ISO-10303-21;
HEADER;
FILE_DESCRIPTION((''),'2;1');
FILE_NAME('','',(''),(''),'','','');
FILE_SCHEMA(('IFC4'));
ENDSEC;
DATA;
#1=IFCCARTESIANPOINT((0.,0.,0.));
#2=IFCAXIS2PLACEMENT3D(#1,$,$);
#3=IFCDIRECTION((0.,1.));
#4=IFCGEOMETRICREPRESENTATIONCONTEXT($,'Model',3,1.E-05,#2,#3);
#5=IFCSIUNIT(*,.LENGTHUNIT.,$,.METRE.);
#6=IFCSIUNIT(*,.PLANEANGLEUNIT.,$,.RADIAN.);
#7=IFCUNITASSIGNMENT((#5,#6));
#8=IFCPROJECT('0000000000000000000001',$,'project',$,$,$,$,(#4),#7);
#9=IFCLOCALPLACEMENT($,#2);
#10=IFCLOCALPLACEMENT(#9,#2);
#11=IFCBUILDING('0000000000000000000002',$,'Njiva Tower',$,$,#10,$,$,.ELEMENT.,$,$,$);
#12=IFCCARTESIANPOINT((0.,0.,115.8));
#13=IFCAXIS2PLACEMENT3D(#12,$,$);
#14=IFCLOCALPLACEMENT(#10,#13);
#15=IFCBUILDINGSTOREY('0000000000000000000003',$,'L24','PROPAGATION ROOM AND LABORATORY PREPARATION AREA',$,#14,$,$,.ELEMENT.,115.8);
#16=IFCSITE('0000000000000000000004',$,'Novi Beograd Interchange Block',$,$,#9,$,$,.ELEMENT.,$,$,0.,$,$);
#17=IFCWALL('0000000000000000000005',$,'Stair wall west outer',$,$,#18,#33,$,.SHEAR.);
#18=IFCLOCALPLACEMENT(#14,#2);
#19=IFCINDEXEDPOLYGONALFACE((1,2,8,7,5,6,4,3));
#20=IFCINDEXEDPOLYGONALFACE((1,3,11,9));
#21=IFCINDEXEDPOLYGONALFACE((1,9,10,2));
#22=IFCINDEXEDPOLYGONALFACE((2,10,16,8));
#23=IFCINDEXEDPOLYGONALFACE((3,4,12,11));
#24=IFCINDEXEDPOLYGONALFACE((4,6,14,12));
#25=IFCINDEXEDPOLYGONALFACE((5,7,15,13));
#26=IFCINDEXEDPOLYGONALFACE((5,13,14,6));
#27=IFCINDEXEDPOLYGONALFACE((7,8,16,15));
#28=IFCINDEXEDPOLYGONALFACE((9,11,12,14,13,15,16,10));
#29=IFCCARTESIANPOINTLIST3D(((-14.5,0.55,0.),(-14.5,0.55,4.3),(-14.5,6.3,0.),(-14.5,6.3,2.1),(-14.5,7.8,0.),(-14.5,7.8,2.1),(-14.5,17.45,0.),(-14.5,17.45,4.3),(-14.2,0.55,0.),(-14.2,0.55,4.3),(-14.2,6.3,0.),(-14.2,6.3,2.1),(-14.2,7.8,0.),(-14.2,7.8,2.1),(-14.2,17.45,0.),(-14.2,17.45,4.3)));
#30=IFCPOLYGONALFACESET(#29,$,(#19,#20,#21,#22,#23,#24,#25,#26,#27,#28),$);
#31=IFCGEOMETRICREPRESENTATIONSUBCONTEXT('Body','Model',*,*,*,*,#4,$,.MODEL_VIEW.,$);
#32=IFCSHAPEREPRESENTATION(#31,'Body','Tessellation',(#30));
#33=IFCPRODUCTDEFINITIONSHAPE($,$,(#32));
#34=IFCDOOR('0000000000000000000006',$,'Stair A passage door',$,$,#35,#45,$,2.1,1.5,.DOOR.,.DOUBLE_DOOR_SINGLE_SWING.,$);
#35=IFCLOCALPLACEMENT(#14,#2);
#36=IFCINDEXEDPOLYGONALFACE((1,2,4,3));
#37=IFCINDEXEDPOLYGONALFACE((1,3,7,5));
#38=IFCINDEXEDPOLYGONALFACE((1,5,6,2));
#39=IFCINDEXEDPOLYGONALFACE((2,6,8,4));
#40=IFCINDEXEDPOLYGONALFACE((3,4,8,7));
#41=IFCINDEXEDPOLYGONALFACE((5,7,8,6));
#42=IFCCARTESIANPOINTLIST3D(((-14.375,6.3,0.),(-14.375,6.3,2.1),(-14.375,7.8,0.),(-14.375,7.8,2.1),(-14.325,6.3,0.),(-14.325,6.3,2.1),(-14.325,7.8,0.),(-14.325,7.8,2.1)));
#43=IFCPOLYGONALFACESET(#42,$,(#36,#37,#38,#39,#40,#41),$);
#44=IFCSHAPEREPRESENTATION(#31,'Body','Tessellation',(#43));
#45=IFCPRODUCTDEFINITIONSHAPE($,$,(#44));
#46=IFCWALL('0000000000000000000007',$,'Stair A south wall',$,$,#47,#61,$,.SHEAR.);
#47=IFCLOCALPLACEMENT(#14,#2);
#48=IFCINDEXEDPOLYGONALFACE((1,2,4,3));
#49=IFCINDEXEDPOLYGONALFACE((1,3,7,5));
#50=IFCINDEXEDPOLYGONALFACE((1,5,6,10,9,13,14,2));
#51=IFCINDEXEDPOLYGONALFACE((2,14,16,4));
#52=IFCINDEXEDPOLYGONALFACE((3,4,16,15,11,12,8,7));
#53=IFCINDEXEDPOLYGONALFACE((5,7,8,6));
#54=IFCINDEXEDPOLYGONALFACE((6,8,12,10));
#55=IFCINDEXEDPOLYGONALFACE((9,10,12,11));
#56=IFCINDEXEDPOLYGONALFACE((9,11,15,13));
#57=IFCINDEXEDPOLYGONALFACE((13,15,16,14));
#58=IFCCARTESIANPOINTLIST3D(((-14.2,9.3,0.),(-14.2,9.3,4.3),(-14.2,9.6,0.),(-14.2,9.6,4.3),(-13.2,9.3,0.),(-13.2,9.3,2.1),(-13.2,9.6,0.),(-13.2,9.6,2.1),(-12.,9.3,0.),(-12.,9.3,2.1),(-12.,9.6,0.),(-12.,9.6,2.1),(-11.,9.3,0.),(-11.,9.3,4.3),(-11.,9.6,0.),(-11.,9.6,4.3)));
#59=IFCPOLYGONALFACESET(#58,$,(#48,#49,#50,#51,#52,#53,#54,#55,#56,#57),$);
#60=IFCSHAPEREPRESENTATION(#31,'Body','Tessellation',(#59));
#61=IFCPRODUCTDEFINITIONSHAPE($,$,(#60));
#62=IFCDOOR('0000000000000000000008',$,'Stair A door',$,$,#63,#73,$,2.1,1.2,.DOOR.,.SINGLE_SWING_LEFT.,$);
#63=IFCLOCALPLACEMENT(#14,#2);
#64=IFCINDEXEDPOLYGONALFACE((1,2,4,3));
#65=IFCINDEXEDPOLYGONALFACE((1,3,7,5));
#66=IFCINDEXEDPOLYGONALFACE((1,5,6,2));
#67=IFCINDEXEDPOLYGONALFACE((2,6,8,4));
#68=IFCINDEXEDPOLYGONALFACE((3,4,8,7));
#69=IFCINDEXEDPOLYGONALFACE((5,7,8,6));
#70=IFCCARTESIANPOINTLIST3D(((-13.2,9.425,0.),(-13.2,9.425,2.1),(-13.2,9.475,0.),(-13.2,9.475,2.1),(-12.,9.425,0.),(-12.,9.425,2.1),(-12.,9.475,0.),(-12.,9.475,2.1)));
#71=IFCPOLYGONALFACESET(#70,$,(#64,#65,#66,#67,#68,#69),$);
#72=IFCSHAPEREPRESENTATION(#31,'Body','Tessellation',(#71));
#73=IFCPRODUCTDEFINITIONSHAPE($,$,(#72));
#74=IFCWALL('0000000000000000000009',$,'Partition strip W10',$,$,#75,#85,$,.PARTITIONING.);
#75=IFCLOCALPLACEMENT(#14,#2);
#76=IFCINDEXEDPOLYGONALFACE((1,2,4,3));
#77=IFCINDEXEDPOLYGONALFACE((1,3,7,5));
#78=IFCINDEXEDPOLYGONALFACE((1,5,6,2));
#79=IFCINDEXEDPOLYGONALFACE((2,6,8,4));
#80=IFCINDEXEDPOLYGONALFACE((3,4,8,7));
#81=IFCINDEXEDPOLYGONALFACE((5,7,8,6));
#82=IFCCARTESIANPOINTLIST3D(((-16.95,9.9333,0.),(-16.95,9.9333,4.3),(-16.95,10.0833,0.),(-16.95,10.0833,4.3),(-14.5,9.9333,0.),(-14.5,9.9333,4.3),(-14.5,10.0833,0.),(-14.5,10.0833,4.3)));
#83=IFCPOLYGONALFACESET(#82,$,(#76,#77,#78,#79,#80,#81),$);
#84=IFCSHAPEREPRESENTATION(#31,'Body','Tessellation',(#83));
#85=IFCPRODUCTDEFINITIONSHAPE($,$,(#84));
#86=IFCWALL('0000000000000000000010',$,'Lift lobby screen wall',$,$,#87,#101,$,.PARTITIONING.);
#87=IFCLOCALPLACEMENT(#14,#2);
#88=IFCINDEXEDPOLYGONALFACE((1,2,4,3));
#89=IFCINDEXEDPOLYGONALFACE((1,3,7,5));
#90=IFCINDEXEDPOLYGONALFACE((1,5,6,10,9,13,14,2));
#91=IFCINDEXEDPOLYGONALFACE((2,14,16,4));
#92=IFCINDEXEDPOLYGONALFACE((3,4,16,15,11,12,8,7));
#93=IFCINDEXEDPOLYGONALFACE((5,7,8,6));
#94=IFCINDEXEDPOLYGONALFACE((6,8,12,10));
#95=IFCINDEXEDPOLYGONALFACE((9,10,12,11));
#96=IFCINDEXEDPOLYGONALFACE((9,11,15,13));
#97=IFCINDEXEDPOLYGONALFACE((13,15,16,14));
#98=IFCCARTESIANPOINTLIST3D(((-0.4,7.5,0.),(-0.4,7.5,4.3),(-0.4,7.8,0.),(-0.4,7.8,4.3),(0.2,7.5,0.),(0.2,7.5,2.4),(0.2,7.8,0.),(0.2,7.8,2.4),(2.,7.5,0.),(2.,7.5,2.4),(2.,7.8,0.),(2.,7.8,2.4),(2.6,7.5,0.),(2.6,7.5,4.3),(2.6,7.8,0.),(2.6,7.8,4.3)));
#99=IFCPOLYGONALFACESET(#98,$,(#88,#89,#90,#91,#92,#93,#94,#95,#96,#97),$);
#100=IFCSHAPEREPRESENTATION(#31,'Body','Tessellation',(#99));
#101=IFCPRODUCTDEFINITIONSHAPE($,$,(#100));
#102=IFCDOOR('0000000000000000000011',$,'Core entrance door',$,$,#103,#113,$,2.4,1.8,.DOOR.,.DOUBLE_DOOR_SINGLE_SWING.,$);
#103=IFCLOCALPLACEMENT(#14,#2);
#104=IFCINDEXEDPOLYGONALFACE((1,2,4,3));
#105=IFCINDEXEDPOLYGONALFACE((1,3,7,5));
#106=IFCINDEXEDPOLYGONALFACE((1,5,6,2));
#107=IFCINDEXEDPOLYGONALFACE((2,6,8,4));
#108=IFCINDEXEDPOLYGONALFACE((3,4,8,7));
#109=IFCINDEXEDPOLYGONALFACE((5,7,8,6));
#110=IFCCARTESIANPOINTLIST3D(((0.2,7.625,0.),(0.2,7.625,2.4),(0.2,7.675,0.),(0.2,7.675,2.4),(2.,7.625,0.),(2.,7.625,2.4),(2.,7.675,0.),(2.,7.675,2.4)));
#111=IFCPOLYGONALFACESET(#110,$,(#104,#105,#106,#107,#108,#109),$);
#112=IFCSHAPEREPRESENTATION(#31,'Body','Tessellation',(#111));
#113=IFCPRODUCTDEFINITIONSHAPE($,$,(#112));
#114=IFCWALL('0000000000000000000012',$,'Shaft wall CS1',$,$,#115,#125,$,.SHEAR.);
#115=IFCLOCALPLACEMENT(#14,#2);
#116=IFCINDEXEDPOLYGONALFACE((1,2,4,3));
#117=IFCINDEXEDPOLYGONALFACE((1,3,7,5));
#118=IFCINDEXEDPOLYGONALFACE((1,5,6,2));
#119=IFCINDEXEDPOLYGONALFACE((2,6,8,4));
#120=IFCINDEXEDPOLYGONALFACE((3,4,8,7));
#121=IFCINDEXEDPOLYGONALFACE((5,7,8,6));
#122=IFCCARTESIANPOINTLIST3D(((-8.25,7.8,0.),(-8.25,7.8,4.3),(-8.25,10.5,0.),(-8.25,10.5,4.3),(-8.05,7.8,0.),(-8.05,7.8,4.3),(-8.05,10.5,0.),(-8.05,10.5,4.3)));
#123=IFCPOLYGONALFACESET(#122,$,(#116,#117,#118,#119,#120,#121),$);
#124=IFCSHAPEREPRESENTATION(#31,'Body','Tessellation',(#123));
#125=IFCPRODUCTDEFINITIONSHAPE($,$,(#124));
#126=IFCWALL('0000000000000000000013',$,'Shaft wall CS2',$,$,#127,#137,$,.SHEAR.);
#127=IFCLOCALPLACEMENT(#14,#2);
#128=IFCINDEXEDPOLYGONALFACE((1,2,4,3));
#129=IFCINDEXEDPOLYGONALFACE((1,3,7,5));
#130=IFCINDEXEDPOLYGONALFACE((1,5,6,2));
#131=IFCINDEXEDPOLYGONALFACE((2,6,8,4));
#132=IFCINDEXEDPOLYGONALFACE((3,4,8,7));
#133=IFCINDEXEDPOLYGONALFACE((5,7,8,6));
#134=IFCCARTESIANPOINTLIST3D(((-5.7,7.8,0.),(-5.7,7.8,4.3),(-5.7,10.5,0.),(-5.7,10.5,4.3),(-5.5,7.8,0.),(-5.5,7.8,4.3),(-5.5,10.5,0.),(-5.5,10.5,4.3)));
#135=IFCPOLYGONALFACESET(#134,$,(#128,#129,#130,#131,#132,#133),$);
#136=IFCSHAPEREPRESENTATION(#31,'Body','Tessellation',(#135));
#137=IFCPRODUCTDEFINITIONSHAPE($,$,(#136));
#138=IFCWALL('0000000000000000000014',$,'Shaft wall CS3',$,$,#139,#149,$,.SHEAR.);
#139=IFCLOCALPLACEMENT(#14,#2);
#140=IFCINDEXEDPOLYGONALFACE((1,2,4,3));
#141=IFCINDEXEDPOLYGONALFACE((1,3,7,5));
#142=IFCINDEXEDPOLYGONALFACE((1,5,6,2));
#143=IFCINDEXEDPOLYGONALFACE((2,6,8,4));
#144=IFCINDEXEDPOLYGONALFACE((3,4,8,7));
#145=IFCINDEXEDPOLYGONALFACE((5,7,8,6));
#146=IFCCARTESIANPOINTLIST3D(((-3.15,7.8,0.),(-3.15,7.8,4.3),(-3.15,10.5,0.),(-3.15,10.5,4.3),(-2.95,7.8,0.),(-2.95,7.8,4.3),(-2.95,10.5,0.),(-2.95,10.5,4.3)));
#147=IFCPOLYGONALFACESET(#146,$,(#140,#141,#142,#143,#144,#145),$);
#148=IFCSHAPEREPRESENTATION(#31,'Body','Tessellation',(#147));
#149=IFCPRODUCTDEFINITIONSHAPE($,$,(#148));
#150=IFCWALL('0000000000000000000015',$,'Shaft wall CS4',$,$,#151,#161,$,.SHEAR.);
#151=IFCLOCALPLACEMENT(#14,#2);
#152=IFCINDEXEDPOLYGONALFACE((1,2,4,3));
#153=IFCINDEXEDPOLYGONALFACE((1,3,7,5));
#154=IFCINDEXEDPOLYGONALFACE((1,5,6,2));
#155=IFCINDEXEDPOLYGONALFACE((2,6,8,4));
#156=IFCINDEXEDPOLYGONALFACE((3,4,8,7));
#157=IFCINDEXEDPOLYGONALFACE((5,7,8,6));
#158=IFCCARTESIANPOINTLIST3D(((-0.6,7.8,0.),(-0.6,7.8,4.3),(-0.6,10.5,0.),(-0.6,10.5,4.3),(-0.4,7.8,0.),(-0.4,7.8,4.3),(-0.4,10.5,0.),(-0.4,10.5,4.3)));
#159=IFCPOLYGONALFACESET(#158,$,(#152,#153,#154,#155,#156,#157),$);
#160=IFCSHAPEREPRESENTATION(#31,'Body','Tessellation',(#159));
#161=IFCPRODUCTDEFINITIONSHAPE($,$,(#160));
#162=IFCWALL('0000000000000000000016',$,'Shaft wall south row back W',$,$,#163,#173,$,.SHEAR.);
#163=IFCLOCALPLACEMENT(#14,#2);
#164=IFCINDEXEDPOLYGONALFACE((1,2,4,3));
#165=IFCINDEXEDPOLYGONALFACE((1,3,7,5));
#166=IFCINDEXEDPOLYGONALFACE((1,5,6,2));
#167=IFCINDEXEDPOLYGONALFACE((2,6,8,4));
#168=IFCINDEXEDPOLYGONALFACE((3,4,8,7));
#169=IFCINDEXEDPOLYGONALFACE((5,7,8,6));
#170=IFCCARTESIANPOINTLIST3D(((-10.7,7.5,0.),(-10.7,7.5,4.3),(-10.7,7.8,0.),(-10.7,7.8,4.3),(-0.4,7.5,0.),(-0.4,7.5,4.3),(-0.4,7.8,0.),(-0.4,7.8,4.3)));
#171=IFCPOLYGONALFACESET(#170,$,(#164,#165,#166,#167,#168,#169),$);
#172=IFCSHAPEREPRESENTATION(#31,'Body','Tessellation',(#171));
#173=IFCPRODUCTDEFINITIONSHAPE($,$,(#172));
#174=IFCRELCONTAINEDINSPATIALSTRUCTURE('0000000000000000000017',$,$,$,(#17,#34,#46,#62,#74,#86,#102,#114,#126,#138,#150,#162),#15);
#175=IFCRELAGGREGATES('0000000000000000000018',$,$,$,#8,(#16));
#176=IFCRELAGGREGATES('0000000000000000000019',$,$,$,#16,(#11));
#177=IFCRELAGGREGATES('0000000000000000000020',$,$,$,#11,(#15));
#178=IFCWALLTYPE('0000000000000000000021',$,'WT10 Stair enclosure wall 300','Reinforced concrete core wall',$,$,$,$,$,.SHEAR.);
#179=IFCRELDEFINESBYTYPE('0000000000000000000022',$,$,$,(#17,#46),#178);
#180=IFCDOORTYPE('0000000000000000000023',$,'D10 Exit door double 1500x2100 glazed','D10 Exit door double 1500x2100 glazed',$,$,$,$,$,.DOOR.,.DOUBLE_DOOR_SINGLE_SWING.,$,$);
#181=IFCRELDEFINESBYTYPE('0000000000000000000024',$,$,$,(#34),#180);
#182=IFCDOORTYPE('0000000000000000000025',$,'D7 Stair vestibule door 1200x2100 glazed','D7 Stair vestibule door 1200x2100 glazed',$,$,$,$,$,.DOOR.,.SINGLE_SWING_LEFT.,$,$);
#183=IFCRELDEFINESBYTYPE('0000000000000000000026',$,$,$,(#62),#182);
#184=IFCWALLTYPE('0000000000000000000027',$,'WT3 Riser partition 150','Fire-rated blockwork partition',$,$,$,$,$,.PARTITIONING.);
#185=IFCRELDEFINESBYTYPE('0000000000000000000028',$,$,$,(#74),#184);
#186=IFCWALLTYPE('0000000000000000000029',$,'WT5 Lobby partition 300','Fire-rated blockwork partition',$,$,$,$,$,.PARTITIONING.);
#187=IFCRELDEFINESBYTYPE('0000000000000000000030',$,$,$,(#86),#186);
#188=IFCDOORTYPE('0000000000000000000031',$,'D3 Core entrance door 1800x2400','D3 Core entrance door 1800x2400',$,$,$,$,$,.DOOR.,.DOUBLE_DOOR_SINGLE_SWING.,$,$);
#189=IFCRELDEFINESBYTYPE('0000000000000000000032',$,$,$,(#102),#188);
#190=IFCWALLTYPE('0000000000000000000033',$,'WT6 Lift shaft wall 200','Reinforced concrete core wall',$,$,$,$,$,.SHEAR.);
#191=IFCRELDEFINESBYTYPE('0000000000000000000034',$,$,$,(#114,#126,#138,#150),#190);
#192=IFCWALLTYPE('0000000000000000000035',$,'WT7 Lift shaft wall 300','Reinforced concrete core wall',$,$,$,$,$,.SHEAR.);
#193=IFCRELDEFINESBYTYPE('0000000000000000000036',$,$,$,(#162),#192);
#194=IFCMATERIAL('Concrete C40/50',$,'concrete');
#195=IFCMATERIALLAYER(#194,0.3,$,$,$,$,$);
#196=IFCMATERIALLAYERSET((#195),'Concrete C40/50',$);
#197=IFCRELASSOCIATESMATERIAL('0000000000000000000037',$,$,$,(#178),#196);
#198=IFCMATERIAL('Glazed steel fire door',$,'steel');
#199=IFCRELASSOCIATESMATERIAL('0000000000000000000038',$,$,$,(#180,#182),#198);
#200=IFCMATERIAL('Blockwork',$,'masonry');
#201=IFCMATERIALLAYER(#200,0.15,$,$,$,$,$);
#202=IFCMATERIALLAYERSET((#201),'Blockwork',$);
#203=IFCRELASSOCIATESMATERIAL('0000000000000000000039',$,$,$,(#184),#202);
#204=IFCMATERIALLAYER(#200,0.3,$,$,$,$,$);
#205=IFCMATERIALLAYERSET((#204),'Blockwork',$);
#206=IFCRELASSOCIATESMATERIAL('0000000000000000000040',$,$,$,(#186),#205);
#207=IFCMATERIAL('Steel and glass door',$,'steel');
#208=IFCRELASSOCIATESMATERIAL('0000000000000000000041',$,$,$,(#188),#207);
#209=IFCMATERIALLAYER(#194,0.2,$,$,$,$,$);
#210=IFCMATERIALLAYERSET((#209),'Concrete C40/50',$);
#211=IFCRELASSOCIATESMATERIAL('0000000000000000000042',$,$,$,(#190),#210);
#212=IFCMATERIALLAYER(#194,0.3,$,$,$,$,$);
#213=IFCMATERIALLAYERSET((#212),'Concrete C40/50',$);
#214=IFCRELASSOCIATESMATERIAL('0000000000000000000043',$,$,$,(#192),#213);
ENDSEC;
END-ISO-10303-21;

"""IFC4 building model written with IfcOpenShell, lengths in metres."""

from ifc_helpers import new_model, si_unit, direction, frame, frame_2d, origin, place, context, subcontext, project, spatial, rectangle, extrude, material, layer, layer_set, type_object, element, fill, save


model = new_model("IFC4")

# Units and contexts
model_context = context("Model", 3, precision=1e-05, world=origin(), true_north=direction((0.0, 1.0)))
body_context = subcontext(model_context, "Body", "Model", "MODEL_VIEW")
ifc_project = project(units=[si_unit("LENGTHUNIT", "METRE"), si_unit("PLANEANGLEUNIT", "RADIAN")], contexts=[model_context])

# Site, building, storey
site_placement = place(None, origin())
site = spatial("IfcSite", under=ifc_project, at=site_placement, Name="Novi Beograd Interchange Block", CompositionType="ELEMENT", RefElevation=0.0)
building_placement = place(site_placement, origin())
building = spatial("IfcBuilding", under=site, at=building_placement, Name="Njiva Tower", CompositionType="ELEMENT")
storey_placement = place(building_placement, frame((0.0, 0.0, 115.8)))
storey = spatial("IfcBuildingStorey", under=building, at=storey_placement, Name="L24", Description="PROPAGATION ROOM AND LABORATORY PREPARATION AREA", CompositionType="ELEMENT", Elevation=115.8)

# Shared definitions
ifc_material_1 = material(Name="Blockwork", Category="masonry")

# Shared definitions
ifc_material_2 = material(Name="Concrete C40/50", Category="concrete")
ifc_layer_1 = layer(ifc_material_2, 0.3)
ifc_layer_set_1 = layer_set([ifc_layer_1], Name="Concrete C40/50")
wall_type_1 = type_object("IfcWallType", Name="WT10 Stair enclosure wall 300", Description="Reinforced concrete core wall", PredefinedType="SHEAR", material=ifc_layer_set_1)
ifc_material_3 = material(Name="Glazed steel fire door", Category="steel")

# Walls, openings, doors
wall_1_placement = place(storey_placement, frame((-14.35, 0.55, 0.0), z_axis=(0.0, 0.0, 1.0), x_axis=(0.0, 1.0, 0.0)))
wall_1 = element("IfcWall", 1, at=wall_1_placement, inside=storey, type_object=wall_type_1, Name="Stair wall west outer", PredefinedType="SHEAR", context=body_context, shape_type="SweptSolid", body=[
    extrude(rectangle(XDim=16.9, YDim=0.3, at=frame_2d((8.45, 0.0))), origin(), (0.0, 0.0, 1.0), 4.3),
])
opening_1_placement = place(wall_1_placement, frame((5.75, 0.0, 0.0)))
opening_1 = element("IfcOpeningElement", 2, at=opening_1_placement, cuts=wall_1, PredefinedType="OPENING", context=body_context, shape_type="SweptSolid", body=[
    extrude(rectangle(XDim=1.5, YDim=2.1, at=frame_2d((0.75, 1.05))), frame((0.0, 0.16, 0.0), z_axis=(0.0, -1.0, 0.0), x_axis=(1.0, 0.0, 0.0)), (0.0, 0.0, 1.0), 0.32),
])
door_type_1 = type_object("IfcDoorType", Name="D10 Exit door double 1500x2100 glazed", Description="D10 Exit door double 1500x2100 glazed", OperationType="DOUBLE_DOOR_SINGLE_SWING", PredefinedType="DOOR", material=ifc_material_3)
door_1_placement = place(opening_1_placement, origin())
door_1 = element("IfcDoor", 3, at=door_1_placement, inside=storey, type_object=door_type_1, Name="Stair A passage door", OperationType="DOUBLE_DOOR_SINGLE_SWING", OverallHeight=2.1, OverallWidth=1.5, PredefinedType="DOOR", context=body_context, shape_type="SweptSolid", body=[
    extrude(rectangle(XDim=1.5, YDim=2.1, at=frame_2d((0.75, 1.05))), frame((0.0, 0.025, 0.0), z_axis=(0.0, -1.0, 0.0), x_axis=(1.0, 0.0, 0.0)), (0.0, 0.0, 1.0), 0.05),
])
fill(opening_1, door_1)
wall_2_placement = place(storey_placement, frame((-14.2, 9.45, 0.0), z_axis=(0.0, 0.0, 1.0), x_axis=(1.0, 0.0, 0.0)))
wall_2 = element("IfcWall", 4, at=wall_2_placement, inside=storey, type_object=wall_type_1, Name="Stair A south wall", PredefinedType="SHEAR", context=body_context, shape_type="SweptSolid", body=[
    extrude(rectangle(XDim=3.2, YDim=0.3, at=frame_2d((1.6, 0.0))), origin(), (0.0, 0.0, 1.0), 4.3),
])
opening_2_placement = place(wall_2_placement, frame((1.0, 0.0, 0.0)))
opening_2 = element("IfcOpeningElement", 5, at=opening_2_placement, cuts=wall_2, PredefinedType="OPENING", context=body_context, shape_type="SweptSolid", body=[
    extrude(rectangle(XDim=1.2, YDim=2.1, at=frame_2d((0.6, 1.05))), frame((0.0, 0.16, 0.0), z_axis=(0.0, -1.0, 0.0), x_axis=(1.0, 0.0, 0.0)), (0.0, 0.0, 1.0), 0.32),
])
door_type_2 = type_object("IfcDoorType", Name="D7 Stair vestibule door 1200x2100 glazed", Description="D7 Stair vestibule door 1200x2100 glazed", OperationType="SINGLE_SWING_LEFT", PredefinedType="DOOR", material=ifc_material_3)
door_2_placement = place(opening_2_placement, origin())
door_2 = element("IfcDoor", 6, at=door_2_placement, inside=storey, type_object=door_type_2, Name="Stair A door", OperationType="SINGLE_SWING_LEFT", OverallHeight=2.1, OverallWidth=1.2, PredefinedType="DOOR", context=body_context, shape_type="SweptSolid", body=[
    extrude(rectangle(XDim=1.2, YDim=2.1, at=frame_2d((0.6, 1.05))), frame((0.0, 0.025, 0.0), z_axis=(0.0, -1.0, 0.0), x_axis=(1.0, 0.0, 0.0)), (0.0, 0.0, 1.0), 0.05),
])
fill(opening_2, door_2)

# Wall
ifc_layer_2 = layer(ifc_material_1, 0.15)
ifc_layer_set_2 = layer_set([ifc_layer_2], Name="Blockwork")
wall_type_2 = type_object("IfcWallType", Name="WT3 Riser partition 150", Description="Fire-rated blockwork partition", PredefinedType="PARTITIONING", material=ifc_layer_set_2)
wall_3_placement = place(storey_placement, frame((-16.95, 10.0083, 0.0), z_axis=(0.0, 0.0, 1.0), x_axis=(1.0, 0.0, 0.0)))
element("IfcWall", 7, at=wall_3_placement, inside=storey, type_object=wall_type_2, Name="Partition strip W10", PredefinedType="PARTITIONING", context=body_context, shape_type="SweptSolid", body=[
    extrude(rectangle(XDim=2.45, YDim=0.15, at=frame_2d((1.225, 0.0))), origin(), (0.0, 0.0, 1.0), 4.3),
])

# Wall, opening, door
ifc_layer_3 = layer(ifc_material_1, 0.3)
ifc_layer_set_3 = layer_set([ifc_layer_3], Name="Blockwork")
wall_type_3 = type_object("IfcWallType", Name="WT5 Lobby partition 300", Description="Fire-rated blockwork partition", PredefinedType="PARTITIONING", material=ifc_layer_set_3)
wall_4_placement = place(storey_placement, frame((-0.4, 7.65, 0.0), z_axis=(0.0, 0.0, 1.0), x_axis=(1.0, 0.0, 0.0)))
wall_4 = element("IfcWall", 8, at=wall_4_placement, inside=storey, type_object=wall_type_3, Name="Lift lobby screen wall", PredefinedType="PARTITIONING", context=body_context, shape_type="SweptSolid", body=[
    extrude(rectangle(XDim=3.0, YDim=0.3, at=frame_2d((1.5, 0.0))), origin(), (0.0, 0.0, 1.0), 4.3),
])
opening_3_placement = place(wall_4_placement, frame((0.6, 0.0, 0.0)))
opening_3 = element("IfcOpeningElement", 9, at=opening_3_placement, cuts=wall_4, PredefinedType="OPENING", context=body_context, shape_type="SweptSolid", body=[
    extrude(rectangle(XDim=1.8, YDim=2.4, at=frame_2d((0.9, 1.2))), frame((0.0, 0.16, 0.0), z_axis=(0.0, -1.0, 0.0), x_axis=(1.0, 0.0, 0.0)), (0.0, 0.0, 1.0), 0.32),
])
ifc_material_4 = material(Name="Steel and glass door", Category="steel")
door_type_3 = type_object("IfcDoorType", Name="D3 Core entrance door 1800x2400", Description="D3 Core entrance door 1800x2400", OperationType="DOUBLE_DOOR_SINGLE_SWING", PredefinedType="DOOR", material=ifc_material_4)
door_3_placement = place(opening_3_placement, origin())
door_3 = element("IfcDoor", 10, at=door_3_placement, inside=storey, type_object=door_type_3, Name="Core entrance door", OperationType="DOUBLE_DOOR_SINGLE_SWING", OverallHeight=2.4, OverallWidth=1.8, PredefinedType="DOOR", context=body_context, shape_type="SweptSolid", body=[
    extrude(rectangle(XDim=1.8, YDim=2.4, at=frame_2d((0.9, 1.2))), frame((0.0, 0.025, 0.0), z_axis=(0.0, -1.0, 0.0), x_axis=(1.0, 0.0, 0.0)), (0.0, 0.0, 1.0), 0.05),
])
fill(opening_3, door_3)

# Walls
ifc_layer_4 = layer(ifc_material_2, 0.2)
ifc_layer_set_4 = layer_set([ifc_layer_4], Name="Concrete C40/50")
wall_type_4 = type_object("IfcWallType", Name="WT6 Lift shaft wall 200", Description="Reinforced concrete core wall", PredefinedType="SHEAR", material=ifc_layer_set_4)
for number, where, z_axis, x_axis, name in (
    (11, (-8.15, 7.8, 0.0), (0.0, 0.0, 1.0), (0.0, 1.0, 0.0), "Shaft wall CS1"),
    (12, (-5.6, 7.8, 0.0), (0.0, 0.0, 1.0), (0.0, 1.0, 0.0), "Shaft wall CS2"),
    (13, (-3.05, 7.8, 0.0), (0.0, 0.0, 1.0), (0.0, 1.0, 0.0), "Shaft wall CS3"),
    (14, (-0.5, 7.8, 0.0), (0.0, 0.0, 1.0), (0.0, 1.0, 0.0), "Shaft wall CS4"),
):
    element("IfcWall", number, at=place(storey_placement, frame(where, z_axis=z_axis, x_axis=x_axis)), inside=storey, type_object=wall_type_4, Name=name, PredefinedType="SHEAR", context=body_context, shape_type="SweptSolid", body=[
        extrude(rectangle(XDim=2.7, YDim=0.2, at=frame_2d((1.35, 0.0))), origin(), (0.0, 0.0, 1.0), 4.3),
    ])
ifc_layer_5 = layer(ifc_material_2, 0.3)
ifc_layer_set_5 = layer_set([ifc_layer_5], Name="Concrete C40/50")
wall_type_5 = type_object("IfcWallType", Name="WT7 Lift shaft wall 300", Description="Reinforced concrete core wall", PredefinedType="SHEAR", material=ifc_layer_set_5)
wall_5_placement = place(storey_placement, frame((-10.7, 7.65, 0.0), z_axis=(0.0, 0.0, 1.0), x_axis=(1.0, 0.0, 0.0)))
element("IfcWall", 15, at=wall_5_placement, inside=storey, type_object=wall_type_5, Name="Shaft wall south row back W", PredefinedType="SHEAR", context=body_context, shape_type="SweptSolid", body=[
    extrude(rectangle(XDim=10.3, YDim=0.3, at=frame_2d((5.15, 0.0))), origin(), (0.0, 0.0, 1.0), 4.3),
])

save(model, "model.ifc")
